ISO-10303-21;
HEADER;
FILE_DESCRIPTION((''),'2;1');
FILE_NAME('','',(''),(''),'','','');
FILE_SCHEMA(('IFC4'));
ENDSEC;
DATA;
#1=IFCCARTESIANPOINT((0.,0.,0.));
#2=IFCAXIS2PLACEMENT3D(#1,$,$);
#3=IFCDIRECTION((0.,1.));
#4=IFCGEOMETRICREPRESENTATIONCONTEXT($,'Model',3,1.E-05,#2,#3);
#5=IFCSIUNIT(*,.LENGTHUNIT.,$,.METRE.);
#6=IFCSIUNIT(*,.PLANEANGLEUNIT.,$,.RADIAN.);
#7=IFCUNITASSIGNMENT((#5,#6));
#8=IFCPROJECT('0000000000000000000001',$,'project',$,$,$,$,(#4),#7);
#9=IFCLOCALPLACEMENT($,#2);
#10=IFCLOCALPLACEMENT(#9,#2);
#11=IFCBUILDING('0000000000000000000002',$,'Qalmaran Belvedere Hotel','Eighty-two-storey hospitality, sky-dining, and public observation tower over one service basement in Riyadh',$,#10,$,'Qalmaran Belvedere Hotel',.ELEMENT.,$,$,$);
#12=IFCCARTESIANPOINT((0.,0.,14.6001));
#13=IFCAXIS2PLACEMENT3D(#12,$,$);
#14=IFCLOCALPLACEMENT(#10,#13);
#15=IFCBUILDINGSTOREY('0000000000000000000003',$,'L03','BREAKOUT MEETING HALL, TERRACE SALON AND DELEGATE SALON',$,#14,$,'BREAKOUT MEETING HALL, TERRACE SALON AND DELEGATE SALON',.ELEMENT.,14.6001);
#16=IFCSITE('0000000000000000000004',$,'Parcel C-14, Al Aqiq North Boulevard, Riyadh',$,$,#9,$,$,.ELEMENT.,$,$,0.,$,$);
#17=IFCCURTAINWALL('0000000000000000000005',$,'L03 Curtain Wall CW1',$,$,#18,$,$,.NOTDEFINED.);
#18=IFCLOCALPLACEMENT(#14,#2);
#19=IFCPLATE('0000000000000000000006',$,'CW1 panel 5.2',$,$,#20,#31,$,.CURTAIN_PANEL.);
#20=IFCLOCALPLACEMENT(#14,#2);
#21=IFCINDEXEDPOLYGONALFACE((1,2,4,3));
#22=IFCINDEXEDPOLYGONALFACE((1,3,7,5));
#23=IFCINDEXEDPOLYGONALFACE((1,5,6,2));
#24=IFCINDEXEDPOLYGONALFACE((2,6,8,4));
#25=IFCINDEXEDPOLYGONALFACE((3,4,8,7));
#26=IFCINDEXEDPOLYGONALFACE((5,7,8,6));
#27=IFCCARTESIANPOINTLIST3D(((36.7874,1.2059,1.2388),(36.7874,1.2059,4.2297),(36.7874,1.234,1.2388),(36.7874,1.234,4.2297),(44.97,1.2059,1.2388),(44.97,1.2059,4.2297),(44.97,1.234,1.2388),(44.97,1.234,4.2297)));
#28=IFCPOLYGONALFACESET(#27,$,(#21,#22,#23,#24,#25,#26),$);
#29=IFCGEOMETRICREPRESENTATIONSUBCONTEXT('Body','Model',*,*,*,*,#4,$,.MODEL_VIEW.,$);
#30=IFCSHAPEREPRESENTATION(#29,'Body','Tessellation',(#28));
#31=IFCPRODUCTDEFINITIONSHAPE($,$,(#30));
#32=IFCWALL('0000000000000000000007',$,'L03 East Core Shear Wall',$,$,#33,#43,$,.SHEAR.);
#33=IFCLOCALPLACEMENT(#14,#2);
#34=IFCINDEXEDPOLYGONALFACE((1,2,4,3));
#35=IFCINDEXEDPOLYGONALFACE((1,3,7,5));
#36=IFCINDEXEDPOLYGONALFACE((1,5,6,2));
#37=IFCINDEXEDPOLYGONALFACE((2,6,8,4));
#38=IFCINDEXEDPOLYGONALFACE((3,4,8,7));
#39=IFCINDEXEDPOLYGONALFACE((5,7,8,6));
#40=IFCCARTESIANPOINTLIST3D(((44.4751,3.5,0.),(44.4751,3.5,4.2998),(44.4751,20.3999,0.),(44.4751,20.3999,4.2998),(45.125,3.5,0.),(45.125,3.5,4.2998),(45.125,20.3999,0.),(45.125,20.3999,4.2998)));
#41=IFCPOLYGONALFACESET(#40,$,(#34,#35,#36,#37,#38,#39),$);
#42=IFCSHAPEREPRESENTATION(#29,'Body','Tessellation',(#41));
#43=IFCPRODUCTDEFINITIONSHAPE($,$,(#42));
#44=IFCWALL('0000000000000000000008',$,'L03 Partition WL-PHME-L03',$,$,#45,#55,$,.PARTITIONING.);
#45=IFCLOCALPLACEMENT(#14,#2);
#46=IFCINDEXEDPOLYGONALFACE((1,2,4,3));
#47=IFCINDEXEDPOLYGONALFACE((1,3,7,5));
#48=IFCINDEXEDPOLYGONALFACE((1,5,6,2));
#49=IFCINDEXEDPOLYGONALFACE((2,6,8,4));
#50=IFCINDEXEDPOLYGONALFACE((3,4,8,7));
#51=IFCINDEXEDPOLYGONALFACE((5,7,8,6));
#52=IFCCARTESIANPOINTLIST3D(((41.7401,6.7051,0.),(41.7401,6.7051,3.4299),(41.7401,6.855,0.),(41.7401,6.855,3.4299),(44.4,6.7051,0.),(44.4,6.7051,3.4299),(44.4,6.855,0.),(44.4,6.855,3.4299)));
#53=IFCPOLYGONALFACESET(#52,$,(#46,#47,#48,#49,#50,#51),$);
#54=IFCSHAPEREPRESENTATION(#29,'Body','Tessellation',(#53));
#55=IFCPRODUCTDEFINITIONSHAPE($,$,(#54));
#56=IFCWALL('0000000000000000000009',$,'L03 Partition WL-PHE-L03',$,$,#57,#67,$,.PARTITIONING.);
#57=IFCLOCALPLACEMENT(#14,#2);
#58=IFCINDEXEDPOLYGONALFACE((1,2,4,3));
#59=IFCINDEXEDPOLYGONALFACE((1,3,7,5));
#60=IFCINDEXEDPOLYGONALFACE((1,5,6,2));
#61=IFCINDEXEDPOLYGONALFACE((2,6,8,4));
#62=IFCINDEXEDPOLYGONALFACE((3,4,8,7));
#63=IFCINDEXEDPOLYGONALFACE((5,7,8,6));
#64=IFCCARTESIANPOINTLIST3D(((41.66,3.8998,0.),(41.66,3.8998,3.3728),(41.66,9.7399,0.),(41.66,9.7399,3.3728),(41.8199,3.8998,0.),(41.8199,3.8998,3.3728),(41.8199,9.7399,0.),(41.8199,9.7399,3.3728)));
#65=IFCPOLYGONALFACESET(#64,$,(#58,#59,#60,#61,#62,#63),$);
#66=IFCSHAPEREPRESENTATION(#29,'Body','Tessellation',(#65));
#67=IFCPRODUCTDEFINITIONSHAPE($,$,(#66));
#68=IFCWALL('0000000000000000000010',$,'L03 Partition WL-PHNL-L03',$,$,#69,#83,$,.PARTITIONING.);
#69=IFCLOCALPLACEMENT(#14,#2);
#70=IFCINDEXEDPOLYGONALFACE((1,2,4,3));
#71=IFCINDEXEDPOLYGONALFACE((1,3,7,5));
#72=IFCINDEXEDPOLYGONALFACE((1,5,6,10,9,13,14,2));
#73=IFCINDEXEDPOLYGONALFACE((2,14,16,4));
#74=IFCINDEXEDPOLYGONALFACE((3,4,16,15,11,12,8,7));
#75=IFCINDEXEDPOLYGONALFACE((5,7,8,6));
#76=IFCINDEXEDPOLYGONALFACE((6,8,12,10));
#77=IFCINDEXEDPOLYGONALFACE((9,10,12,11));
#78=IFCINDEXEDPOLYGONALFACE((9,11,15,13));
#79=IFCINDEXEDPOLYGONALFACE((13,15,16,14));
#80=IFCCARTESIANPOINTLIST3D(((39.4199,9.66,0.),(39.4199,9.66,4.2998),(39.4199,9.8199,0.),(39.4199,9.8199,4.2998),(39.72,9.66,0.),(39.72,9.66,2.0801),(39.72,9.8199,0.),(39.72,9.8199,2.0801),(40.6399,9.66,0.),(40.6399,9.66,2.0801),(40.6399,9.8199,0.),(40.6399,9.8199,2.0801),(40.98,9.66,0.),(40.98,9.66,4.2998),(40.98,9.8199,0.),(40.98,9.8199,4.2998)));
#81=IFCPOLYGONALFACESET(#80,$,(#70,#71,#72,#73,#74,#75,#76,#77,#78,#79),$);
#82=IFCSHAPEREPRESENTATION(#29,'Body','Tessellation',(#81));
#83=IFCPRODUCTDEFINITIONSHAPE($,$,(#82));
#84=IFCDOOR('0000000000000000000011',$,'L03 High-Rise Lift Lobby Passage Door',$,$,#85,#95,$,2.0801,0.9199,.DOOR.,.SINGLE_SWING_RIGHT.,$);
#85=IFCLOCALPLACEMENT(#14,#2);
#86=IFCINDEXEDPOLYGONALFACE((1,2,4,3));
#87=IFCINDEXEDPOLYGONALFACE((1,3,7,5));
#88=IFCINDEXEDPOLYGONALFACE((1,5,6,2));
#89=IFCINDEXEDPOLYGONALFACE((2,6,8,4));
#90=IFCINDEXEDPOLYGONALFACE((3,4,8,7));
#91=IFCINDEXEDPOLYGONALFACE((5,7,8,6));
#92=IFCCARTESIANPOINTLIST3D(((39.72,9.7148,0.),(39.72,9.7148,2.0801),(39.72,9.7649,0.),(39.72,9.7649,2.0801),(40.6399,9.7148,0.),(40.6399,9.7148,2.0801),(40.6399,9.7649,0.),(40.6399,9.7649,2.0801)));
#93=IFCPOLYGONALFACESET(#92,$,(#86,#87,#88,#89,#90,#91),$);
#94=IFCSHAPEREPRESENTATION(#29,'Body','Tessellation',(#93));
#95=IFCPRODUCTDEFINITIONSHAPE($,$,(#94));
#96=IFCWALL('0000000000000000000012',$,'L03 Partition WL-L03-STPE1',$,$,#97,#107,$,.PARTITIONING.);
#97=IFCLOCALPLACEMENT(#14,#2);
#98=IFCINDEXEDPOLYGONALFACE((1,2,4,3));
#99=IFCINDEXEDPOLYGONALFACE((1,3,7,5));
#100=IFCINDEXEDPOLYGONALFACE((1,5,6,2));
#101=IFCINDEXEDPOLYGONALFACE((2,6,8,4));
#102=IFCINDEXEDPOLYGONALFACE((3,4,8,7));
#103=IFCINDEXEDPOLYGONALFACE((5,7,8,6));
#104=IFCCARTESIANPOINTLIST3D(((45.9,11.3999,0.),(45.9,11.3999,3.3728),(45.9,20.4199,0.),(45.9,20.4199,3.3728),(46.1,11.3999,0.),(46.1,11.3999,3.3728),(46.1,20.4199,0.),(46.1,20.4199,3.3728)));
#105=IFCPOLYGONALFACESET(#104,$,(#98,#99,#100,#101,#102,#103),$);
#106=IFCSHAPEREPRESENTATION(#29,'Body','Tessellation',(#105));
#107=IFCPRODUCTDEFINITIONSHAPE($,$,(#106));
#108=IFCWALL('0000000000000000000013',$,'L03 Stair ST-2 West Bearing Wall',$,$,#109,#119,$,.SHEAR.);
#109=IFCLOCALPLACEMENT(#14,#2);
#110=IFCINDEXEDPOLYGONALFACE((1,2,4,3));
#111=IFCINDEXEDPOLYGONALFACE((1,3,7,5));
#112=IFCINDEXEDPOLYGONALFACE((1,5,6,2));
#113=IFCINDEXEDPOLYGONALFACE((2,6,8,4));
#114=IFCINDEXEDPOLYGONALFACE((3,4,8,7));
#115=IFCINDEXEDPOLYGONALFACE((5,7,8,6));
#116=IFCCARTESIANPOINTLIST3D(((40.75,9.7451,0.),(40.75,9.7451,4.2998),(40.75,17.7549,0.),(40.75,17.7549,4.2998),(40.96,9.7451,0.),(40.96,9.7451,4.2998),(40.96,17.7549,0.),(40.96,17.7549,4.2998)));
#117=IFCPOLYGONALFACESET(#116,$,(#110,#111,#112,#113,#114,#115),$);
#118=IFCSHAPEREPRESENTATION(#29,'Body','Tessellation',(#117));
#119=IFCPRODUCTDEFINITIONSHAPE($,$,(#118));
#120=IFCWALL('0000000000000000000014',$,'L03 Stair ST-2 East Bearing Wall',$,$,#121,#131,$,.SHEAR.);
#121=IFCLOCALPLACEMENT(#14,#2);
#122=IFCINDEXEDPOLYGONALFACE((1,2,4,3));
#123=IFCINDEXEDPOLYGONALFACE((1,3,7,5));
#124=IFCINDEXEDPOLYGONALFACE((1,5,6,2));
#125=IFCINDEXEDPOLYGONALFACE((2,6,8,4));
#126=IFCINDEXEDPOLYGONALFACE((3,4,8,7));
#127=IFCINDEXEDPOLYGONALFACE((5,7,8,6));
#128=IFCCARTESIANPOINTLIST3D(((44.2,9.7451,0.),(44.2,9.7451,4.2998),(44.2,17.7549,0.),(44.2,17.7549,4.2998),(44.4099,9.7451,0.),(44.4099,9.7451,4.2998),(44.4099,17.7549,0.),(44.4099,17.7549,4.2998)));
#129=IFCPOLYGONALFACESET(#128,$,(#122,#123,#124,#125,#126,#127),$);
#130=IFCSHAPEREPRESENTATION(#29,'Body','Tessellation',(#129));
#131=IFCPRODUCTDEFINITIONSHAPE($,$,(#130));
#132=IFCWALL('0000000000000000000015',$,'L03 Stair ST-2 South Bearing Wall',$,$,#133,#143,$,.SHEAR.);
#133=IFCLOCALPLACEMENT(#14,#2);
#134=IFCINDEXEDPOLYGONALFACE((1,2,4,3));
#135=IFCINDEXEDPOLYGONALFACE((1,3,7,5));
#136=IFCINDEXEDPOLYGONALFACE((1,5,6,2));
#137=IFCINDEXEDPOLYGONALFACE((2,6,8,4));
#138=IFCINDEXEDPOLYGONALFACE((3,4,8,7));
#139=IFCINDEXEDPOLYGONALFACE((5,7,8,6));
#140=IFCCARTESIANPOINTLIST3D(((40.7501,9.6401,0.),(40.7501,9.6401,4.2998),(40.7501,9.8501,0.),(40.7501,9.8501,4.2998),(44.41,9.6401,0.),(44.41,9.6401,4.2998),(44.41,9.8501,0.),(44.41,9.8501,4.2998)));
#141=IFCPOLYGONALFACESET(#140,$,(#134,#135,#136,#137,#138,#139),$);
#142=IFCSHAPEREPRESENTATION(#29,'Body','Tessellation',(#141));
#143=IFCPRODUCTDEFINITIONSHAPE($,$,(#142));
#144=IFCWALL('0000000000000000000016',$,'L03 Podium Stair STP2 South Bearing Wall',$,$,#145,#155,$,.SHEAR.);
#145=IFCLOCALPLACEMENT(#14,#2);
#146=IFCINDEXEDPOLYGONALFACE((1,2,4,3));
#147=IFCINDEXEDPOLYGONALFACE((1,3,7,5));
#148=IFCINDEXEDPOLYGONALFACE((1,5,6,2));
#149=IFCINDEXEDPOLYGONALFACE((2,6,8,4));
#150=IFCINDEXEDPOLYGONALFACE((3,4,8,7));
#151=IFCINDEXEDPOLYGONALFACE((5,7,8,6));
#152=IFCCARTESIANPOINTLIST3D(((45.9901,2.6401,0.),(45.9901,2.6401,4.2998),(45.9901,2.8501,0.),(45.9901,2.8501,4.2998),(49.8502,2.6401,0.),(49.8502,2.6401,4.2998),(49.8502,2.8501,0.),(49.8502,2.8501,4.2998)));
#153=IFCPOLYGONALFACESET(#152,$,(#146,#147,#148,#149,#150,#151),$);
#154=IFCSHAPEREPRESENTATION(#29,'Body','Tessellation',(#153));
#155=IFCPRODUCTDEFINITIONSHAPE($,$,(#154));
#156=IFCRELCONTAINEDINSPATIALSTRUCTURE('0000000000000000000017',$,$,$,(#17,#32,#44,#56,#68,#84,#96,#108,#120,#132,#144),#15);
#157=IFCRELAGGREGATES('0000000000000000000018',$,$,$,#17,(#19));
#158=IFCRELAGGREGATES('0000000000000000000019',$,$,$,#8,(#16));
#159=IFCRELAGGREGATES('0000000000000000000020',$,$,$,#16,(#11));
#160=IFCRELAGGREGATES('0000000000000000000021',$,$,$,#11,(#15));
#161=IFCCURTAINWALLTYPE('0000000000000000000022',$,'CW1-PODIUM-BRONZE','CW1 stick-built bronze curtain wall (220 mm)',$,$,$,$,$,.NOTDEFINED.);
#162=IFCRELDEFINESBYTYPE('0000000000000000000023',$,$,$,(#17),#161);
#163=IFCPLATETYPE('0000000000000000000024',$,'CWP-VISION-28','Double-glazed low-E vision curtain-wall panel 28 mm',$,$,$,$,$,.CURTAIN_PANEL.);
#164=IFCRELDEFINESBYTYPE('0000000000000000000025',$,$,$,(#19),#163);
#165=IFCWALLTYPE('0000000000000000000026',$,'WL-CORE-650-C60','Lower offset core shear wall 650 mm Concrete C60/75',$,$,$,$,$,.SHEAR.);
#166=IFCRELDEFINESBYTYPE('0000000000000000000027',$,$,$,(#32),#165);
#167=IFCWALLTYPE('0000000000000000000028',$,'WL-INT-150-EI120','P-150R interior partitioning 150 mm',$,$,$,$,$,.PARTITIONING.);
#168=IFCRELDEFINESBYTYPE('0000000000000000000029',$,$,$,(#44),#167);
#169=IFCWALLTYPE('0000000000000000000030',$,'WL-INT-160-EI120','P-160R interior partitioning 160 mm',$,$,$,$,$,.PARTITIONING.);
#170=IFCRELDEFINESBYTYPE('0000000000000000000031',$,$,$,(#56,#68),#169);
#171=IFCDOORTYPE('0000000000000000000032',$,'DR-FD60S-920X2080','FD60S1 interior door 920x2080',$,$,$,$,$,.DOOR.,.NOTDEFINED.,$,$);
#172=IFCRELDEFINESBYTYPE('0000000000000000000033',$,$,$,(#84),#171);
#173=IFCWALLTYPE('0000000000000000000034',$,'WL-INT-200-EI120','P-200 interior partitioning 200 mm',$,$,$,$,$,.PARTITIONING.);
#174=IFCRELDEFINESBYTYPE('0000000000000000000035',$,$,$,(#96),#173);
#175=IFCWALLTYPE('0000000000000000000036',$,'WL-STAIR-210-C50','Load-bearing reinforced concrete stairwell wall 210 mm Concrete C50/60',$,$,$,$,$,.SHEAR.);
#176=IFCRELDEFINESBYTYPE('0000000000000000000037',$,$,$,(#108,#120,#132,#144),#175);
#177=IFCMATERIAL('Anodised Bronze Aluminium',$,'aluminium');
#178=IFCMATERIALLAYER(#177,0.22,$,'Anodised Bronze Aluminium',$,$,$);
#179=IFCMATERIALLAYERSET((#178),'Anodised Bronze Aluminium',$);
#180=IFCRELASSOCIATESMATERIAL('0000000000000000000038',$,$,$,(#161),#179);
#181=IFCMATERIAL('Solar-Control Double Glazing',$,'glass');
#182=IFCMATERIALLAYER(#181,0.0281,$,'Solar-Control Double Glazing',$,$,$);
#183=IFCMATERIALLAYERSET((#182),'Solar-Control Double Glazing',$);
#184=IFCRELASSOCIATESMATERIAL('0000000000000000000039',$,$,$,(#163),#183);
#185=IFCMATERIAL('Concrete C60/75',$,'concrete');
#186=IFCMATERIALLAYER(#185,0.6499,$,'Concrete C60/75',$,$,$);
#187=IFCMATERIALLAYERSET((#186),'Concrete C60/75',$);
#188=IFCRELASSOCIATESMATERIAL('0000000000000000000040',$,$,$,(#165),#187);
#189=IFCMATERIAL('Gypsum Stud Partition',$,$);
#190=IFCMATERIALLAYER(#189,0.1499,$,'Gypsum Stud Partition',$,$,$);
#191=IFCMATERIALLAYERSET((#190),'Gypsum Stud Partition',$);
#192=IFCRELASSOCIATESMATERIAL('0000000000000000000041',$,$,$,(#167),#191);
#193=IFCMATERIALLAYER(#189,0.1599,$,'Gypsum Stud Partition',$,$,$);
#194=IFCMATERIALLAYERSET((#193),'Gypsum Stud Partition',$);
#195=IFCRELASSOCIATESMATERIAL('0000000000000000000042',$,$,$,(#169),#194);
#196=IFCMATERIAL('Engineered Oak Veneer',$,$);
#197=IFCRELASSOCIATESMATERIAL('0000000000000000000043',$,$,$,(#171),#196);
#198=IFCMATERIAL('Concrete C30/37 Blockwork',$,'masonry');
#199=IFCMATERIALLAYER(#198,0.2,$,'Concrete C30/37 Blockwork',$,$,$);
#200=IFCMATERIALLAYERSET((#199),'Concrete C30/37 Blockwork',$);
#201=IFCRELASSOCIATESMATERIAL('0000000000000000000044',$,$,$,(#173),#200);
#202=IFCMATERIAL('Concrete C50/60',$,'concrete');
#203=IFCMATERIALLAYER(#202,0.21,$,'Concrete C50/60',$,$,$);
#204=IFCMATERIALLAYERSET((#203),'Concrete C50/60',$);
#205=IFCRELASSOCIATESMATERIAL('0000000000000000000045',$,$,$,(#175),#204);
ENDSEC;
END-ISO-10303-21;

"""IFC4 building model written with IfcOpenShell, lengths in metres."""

from ifc_helpers import new_model, si_unit, direction, frame, frame_2d, origin, origin_2d, place, context, subcontext, project, spatial, rectangle, extrude, material, layer, layer_set, type_object, element, fill, aggregate, save


model = new_model("IFC4")

# Units and contexts
model_context = context("Model", 3, precision=1e-05, world=origin(), true_north=direction((0.0, 1.0)))
body_context = subcontext(model_context, "Body", "Model", "MODEL_VIEW")
ifc_project = project(units=[si_unit("LENGTHUNIT", "METRE"), si_unit("PLANEANGLEUNIT", "RADIAN")], contexts=[model_context])

# Site, building, storey
site_placement = place(None, origin())
site = spatial("IfcSite", under=ifc_project, at=site_placement, Name="Parcel C-14, Al Aqiq North Boulevard, Riyadh", CompositionType="ELEMENT", RefElevation=0.0)
building_placement = place(site_placement, origin())
building = spatial("IfcBuilding", under=site, at=building_placement, Name="Qalmaran Belvedere Hotel", Description="Eighty-two-storey hospitality, sky-dining, and public observation tower over one service basement in Riyadh", LongName="Qalmaran Belvedere Hotel", CompositionType="ELEMENT")
storey_placement = place(building_placement, frame((0.0, 0.0, 14.6001)))
storey = spatial("IfcBuildingStorey", under=building, at=storey_placement, Name="L03", Description="BREAKOUT MEETING HALL, TERRACE SALON AND DELEGATE SALON", LongName="BREAKOUT MEETING HALL, TERRACE SALON AND DELEGATE SALON", CompositionType="ELEMENT", Elevation=14.6001)

# Shared definitions
ifc_material_1 = material(Name="Concrete C60/75", Category="concrete")

# Curtain wall, plate
ifc_material_2 = material(Name="Anodised Bronze Aluminium", Category="aluminium")
ifc_layer_1 = layer(ifc_material_2, 0.22, Name="Anodised Bronze Aluminium")
ifc_layer_set_1 = layer_set([ifc_layer_1], Name="Anodised Bronze Aluminium")
curtain_wall_type = type_object("IfcCurtainWallType", Name="CW1-PODIUM-BRONZE", Description="CW1 stick-built bronze curtain wall (220 mm)", PredefinedType="NOTDEFINED", material=ifc_layer_set_1)
curtain_wall_placement = place(storey_placement, origin())
curtain_wall = element("IfcCurtainWall", 1, at=curtain_wall_placement, inside=storey, type_object=curtain_wall_type, Name="L03 Curtain Wall CW1", PredefinedType="NOTDEFINED")
ifc_material_3 = material(Name="Solar-Control Double Glazing", Category="glass")
ifc_layer_2 = layer(ifc_material_3, 0.0281, Name="Solar-Control Double Glazing")
ifc_layer_set_2 = layer_set([ifc_layer_2], Name="Solar-Control Double Glazing")
plate_type_1 = type_object("IfcPlateType", Name="CWP-VISION-28", Description="Double-glazed low-E vision curtain-wall panel 28 mm", PredefinedType="CURTAIN_PANEL", material=ifc_layer_set_2)
plate_1_placement = place(storey_placement, frame((40.8787, 1.22, 1.2388), z_axis=(0.0, 0.0, 1.0), x_axis=(1.0, 0.0, 0.0)))
plate_1 = element("IfcPlate", 2, at=plate_1_placement, type_object=plate_type_1, Name="CW1 panel 5.2", PredefinedType="CURTAIN_PANEL", context=body_context, shape_type="SweptSolid", body=[
    extrude(rectangle(XDim=8.1826, YDim=0.0281, at=origin_2d()), origin(), (0.0, 0.0, 1.0), 2.991),
])
aggregate(curtain_wall, [plate_1])

# Walls
ifc_layer_3 = layer(ifc_material_1, 0.6499, Name="Concrete C60/75")
ifc_layer_set_3 = layer_set([ifc_layer_3], Name="Concrete C60/75")
wall_type_1 = type_object("IfcWallType", Name="WL-CORE-650-C60", Description="Lower offset core shear wall 650 mm Concrete C60/75", PredefinedType="SHEAR", material=ifc_layer_set_3)
wall_1_placement = place(storey_placement, frame((44.8, 3.5, 0.0), z_axis=(0.0, 0.0, 1.0), x_axis=(0.0, 1.0, 0.0)))
element("IfcWall", 3, at=wall_1_placement, inside=storey, type_object=wall_type_1, Name="L03 East Core Shear Wall", PredefinedType="SHEAR", context=body_context, shape_type="SweptSolid", body=[
    extrude(rectangle(XDim=16.8999, YDim=0.6499, at=frame_2d((8.45, 0.0))), origin(), (0.0, 0.0, 1.0), 4.2998),
])
ifc_material_4 = material(Name="Gypsum Stud Partition")
ifc_layer_4 = layer(ifc_material_4, 0.1499, Name="Gypsum Stud Partition")
ifc_layer_set_4 = layer_set([ifc_layer_4], Name="Gypsum Stud Partition")
wall_type_2 = type_object("IfcWallType", Name="WL-INT-150-EI120", Description="P-150R interior partitioning 150 mm", PredefinedType="PARTITIONING", material=ifc_layer_set_4)
wall_2_placement = place(storey_placement, frame((41.74, 6.78, 0.0), z_axis=(0.0, 0.0, 1.0), x_axis=(1.0, 0.0, 0.0)))
element("IfcWall", 4, at=wall_2_placement, inside=storey, type_object=wall_type_2, Name="L03 Partition WL-PHME-L03", PredefinedType="PARTITIONING", context=body_context, shape_type="SweptSolid", body=[
    extrude(rectangle(XDim=2.6599, YDim=0.1499, at=frame_2d((1.3301, 0.0))), origin(), (0.0, 0.0, 1.0), 3.4299),
])
ifc_layer_5 = layer(ifc_material_4, 0.1599, Name="Gypsum Stud Partition")
ifc_layer_set_5 = layer_set([ifc_layer_5], Name="Gypsum Stud Partition")
wall_type_3 = type_object("IfcWallType", Name="WL-INT-160-EI120", Description="P-160R interior partitioning 160 mm", PredefinedType="PARTITIONING", material=ifc_layer_set_5)
wall_3_placement = place(storey_placement, frame((41.74, 3.8999, 0.0), z_axis=(0.0, 0.0, 1.0), x_axis=(0.0, 1.0, 0.0)))
element("IfcWall", 5, at=wall_3_placement, inside=storey, type_object=wall_type_3, Name="L03 Partition WL-PHE-L03", PredefinedType="PARTITIONING", context=body_context, shape_type="SweptSolid", body=[
    extrude(rectangle(XDim=5.8401, YDim=0.1599, at=frame_2d((2.9199, 0.0))), origin(), (0.0, 0.0, 1.0), 3.3728),
])

# Wall, opening, door
wall_4_placement = place(storey_placement, frame((39.4199, 9.74, 0.0), z_axis=(0.0, 0.0, 1.0), x_axis=(1.0, 0.0, 0.0)))
wall_4 = element("IfcWall", 6, at=wall_4_placement, inside=storey, type_object=wall_type_3, Name="L03 Partition WL-PHNL-L03", PredefinedType="PARTITIONING", context=body_context, shape_type="SweptSolid", body=[
    extrude(rectangle(XDim=1.5601, YDim=0.1599, at=frame_2d((0.78, 0.0))), origin(), (0.0, 0.0, 1.0), 4.2998),
])
opening_1_placement = place(wall_4_placement, frame((0.3, 0.0, 0.0)))
opening_1 = element("IfcOpeningElement", 7, at=opening_1_placement, cuts=wall_4, PredefinedType="OPENING", context=body_context, shape_type="SweptSolid", body=[
    extrude(rectangle(XDim=0.9199, YDim=2.0801, at=frame_2d((0.46, 1.04))), frame((0.0, 0.0898, 0.0), z_axis=(0.0, -1.0, 0.0), x_axis=(1.0, 0.0, 0.0)), (0.0, 0.0, 1.0), 0.1799),
])
ifc_material_5 = material(Name="Engineered Oak Veneer")
door_type_1 = type_object("IfcDoorType", Name="DR-FD60S-920X2080", Description="FD60S1 interior door 920x2080", OperationType="NOTDEFINED", PredefinedType="DOOR", material=ifc_material_5)
door_1_placement = place(opening_1_placement, origin())
door_1 = element("IfcDoor", 8, at=door_1_placement, inside=storey, type_object=door_type_1, Name="L03 High-Rise Lift Lobby Passage Door", OperationType="SINGLE_SWING_RIGHT", OverallHeight=2.0801, OverallWidth=0.9199, PredefinedType="DOOR", context=body_context, shape_type="SweptSolid", body=[
    extrude(rectangle(XDim=0.9199, YDim=2.0801, at=frame_2d((0.46, 1.04))), frame((0.0, 0.0249, 0.0), z_axis=(0.0, -1.0, 0.0), x_axis=(1.0, 0.0, 0.0)), (0.0, 0.0, 1.0), 0.05),
])
fill(opening_1, door_1)

# Walls
ifc_material_6 = material(Name="Concrete C30/37 Blockwork", Category="masonry")
ifc_layer_6 = layer(ifc_material_6, 0.2, Name="Concrete C30/37 Blockwork")
ifc_layer_set_6 = layer_set([ifc_layer_6], Name="Concrete C30/37 Blockwork")
wall_type_4 = type_object("IfcWallType", Name="WL-INT-200-EI120", Description="P-200 interior partitioning 200 mm", PredefinedType="PARTITIONING", material=ifc_layer_set_6)
wall_5_placement = place(storey_placement, frame((46.0, 11.3999, 0.0), z_axis=(0.0, 0.0, 1.0), x_axis=(0.0, 1.0, 0.0)))
element("IfcWall", 9, at=wall_5_placement, inside=storey, type_object=wall_type_4, Name="L03 Partition WL-L03-STPE1", PredefinedType="PARTITIONING", context=body_context, shape_type="SweptSolid", body=[
    extrude(rectangle(XDim=9.02, YDim=0.2, at=frame_2d((4.51, 0.0))), origin(), (0.0, 0.0, 1.0), 3.3728),
])
ifc_material_7 = material(Name="Concrete C50/60", Category="concrete")
ifc_layer_7 = layer(ifc_material_7, 0.21, Name="Concrete C50/60")
ifc_layer_set_7 = layer_set([ifc_layer_7], Name="Concrete C50/60")
wall_type_5 = type_object("IfcWallType", Name="WL-STAIR-210-C50", Description="Load-bearing reinforced concrete stairwell wall 210 mm Concrete C50/60", PredefinedType="SHEAR", material=ifc_layer_set_7)
for number, where, z_axis, x_axis, name in (
    (10, (40.855, 9.7451, 0.0), (0.0, 0.0, 1.0), (0.0, 1.0, 0.0), "L03 Stair ST-2 West Bearing Wall"),
    (11, (44.3049, 9.7451, 0.0), (0.0, 0.0, 1.0), (0.0, 1.0, 0.0), "L03 Stair ST-2 East Bearing Wall"),
):
    element("IfcWall", number, at=place(storey_placement, frame(where, z_axis=z_axis, x_axis=x_axis)), inside=storey, type_object=wall_type_5, Name=name, PredefinedType="SHEAR", context=body_context, shape_type="SweptSolid", body=[
        extrude(rectangle(XDim=8.0098, YDim=0.21, at=frame_2d((4.0049, 0.0))), origin(), (0.0, 0.0, 1.0), 4.2998),
    ])
wall_6_placement = place(storey_placement, frame((40.75, 9.7451, 0.0), z_axis=(0.0, 0.0, 1.0), x_axis=(1.0, 0.0, 0.0)))
element("IfcWall", 12, at=wall_6_placement, inside=storey, type_object=wall_type_5, Name="L03 Stair ST-2 South Bearing Wall", PredefinedType="SHEAR", context=body_context, shape_type="SweptSolid", body=[
    extrude(rectangle(XDim=3.6599, YDim=0.21, at=frame_2d((1.8301, 0.0))), origin(), (0.0, 0.0, 1.0), 4.2998),
])
wall_7_placement = place(storey_placement, frame((45.99, 2.7451, 0.0), z_axis=(0.0, 0.0, 1.0), x_axis=(1.0, 0.0, 0.0)))
element("IfcWall", 13, at=wall_7_placement, inside=storey, type_object=wall_type_5, Name="L03 Podium Stair STP2 South Bearing Wall", PredefinedType="SHEAR", context=body_context, shape_type="SweptSolid", body=[
    extrude(rectangle(XDim=3.8601, YDim=0.21, at=frame_2d((1.9302, 0.0))), origin(), (0.0, 0.0, 1.0), 4.2998),
])

save(model, "model.ifc")
